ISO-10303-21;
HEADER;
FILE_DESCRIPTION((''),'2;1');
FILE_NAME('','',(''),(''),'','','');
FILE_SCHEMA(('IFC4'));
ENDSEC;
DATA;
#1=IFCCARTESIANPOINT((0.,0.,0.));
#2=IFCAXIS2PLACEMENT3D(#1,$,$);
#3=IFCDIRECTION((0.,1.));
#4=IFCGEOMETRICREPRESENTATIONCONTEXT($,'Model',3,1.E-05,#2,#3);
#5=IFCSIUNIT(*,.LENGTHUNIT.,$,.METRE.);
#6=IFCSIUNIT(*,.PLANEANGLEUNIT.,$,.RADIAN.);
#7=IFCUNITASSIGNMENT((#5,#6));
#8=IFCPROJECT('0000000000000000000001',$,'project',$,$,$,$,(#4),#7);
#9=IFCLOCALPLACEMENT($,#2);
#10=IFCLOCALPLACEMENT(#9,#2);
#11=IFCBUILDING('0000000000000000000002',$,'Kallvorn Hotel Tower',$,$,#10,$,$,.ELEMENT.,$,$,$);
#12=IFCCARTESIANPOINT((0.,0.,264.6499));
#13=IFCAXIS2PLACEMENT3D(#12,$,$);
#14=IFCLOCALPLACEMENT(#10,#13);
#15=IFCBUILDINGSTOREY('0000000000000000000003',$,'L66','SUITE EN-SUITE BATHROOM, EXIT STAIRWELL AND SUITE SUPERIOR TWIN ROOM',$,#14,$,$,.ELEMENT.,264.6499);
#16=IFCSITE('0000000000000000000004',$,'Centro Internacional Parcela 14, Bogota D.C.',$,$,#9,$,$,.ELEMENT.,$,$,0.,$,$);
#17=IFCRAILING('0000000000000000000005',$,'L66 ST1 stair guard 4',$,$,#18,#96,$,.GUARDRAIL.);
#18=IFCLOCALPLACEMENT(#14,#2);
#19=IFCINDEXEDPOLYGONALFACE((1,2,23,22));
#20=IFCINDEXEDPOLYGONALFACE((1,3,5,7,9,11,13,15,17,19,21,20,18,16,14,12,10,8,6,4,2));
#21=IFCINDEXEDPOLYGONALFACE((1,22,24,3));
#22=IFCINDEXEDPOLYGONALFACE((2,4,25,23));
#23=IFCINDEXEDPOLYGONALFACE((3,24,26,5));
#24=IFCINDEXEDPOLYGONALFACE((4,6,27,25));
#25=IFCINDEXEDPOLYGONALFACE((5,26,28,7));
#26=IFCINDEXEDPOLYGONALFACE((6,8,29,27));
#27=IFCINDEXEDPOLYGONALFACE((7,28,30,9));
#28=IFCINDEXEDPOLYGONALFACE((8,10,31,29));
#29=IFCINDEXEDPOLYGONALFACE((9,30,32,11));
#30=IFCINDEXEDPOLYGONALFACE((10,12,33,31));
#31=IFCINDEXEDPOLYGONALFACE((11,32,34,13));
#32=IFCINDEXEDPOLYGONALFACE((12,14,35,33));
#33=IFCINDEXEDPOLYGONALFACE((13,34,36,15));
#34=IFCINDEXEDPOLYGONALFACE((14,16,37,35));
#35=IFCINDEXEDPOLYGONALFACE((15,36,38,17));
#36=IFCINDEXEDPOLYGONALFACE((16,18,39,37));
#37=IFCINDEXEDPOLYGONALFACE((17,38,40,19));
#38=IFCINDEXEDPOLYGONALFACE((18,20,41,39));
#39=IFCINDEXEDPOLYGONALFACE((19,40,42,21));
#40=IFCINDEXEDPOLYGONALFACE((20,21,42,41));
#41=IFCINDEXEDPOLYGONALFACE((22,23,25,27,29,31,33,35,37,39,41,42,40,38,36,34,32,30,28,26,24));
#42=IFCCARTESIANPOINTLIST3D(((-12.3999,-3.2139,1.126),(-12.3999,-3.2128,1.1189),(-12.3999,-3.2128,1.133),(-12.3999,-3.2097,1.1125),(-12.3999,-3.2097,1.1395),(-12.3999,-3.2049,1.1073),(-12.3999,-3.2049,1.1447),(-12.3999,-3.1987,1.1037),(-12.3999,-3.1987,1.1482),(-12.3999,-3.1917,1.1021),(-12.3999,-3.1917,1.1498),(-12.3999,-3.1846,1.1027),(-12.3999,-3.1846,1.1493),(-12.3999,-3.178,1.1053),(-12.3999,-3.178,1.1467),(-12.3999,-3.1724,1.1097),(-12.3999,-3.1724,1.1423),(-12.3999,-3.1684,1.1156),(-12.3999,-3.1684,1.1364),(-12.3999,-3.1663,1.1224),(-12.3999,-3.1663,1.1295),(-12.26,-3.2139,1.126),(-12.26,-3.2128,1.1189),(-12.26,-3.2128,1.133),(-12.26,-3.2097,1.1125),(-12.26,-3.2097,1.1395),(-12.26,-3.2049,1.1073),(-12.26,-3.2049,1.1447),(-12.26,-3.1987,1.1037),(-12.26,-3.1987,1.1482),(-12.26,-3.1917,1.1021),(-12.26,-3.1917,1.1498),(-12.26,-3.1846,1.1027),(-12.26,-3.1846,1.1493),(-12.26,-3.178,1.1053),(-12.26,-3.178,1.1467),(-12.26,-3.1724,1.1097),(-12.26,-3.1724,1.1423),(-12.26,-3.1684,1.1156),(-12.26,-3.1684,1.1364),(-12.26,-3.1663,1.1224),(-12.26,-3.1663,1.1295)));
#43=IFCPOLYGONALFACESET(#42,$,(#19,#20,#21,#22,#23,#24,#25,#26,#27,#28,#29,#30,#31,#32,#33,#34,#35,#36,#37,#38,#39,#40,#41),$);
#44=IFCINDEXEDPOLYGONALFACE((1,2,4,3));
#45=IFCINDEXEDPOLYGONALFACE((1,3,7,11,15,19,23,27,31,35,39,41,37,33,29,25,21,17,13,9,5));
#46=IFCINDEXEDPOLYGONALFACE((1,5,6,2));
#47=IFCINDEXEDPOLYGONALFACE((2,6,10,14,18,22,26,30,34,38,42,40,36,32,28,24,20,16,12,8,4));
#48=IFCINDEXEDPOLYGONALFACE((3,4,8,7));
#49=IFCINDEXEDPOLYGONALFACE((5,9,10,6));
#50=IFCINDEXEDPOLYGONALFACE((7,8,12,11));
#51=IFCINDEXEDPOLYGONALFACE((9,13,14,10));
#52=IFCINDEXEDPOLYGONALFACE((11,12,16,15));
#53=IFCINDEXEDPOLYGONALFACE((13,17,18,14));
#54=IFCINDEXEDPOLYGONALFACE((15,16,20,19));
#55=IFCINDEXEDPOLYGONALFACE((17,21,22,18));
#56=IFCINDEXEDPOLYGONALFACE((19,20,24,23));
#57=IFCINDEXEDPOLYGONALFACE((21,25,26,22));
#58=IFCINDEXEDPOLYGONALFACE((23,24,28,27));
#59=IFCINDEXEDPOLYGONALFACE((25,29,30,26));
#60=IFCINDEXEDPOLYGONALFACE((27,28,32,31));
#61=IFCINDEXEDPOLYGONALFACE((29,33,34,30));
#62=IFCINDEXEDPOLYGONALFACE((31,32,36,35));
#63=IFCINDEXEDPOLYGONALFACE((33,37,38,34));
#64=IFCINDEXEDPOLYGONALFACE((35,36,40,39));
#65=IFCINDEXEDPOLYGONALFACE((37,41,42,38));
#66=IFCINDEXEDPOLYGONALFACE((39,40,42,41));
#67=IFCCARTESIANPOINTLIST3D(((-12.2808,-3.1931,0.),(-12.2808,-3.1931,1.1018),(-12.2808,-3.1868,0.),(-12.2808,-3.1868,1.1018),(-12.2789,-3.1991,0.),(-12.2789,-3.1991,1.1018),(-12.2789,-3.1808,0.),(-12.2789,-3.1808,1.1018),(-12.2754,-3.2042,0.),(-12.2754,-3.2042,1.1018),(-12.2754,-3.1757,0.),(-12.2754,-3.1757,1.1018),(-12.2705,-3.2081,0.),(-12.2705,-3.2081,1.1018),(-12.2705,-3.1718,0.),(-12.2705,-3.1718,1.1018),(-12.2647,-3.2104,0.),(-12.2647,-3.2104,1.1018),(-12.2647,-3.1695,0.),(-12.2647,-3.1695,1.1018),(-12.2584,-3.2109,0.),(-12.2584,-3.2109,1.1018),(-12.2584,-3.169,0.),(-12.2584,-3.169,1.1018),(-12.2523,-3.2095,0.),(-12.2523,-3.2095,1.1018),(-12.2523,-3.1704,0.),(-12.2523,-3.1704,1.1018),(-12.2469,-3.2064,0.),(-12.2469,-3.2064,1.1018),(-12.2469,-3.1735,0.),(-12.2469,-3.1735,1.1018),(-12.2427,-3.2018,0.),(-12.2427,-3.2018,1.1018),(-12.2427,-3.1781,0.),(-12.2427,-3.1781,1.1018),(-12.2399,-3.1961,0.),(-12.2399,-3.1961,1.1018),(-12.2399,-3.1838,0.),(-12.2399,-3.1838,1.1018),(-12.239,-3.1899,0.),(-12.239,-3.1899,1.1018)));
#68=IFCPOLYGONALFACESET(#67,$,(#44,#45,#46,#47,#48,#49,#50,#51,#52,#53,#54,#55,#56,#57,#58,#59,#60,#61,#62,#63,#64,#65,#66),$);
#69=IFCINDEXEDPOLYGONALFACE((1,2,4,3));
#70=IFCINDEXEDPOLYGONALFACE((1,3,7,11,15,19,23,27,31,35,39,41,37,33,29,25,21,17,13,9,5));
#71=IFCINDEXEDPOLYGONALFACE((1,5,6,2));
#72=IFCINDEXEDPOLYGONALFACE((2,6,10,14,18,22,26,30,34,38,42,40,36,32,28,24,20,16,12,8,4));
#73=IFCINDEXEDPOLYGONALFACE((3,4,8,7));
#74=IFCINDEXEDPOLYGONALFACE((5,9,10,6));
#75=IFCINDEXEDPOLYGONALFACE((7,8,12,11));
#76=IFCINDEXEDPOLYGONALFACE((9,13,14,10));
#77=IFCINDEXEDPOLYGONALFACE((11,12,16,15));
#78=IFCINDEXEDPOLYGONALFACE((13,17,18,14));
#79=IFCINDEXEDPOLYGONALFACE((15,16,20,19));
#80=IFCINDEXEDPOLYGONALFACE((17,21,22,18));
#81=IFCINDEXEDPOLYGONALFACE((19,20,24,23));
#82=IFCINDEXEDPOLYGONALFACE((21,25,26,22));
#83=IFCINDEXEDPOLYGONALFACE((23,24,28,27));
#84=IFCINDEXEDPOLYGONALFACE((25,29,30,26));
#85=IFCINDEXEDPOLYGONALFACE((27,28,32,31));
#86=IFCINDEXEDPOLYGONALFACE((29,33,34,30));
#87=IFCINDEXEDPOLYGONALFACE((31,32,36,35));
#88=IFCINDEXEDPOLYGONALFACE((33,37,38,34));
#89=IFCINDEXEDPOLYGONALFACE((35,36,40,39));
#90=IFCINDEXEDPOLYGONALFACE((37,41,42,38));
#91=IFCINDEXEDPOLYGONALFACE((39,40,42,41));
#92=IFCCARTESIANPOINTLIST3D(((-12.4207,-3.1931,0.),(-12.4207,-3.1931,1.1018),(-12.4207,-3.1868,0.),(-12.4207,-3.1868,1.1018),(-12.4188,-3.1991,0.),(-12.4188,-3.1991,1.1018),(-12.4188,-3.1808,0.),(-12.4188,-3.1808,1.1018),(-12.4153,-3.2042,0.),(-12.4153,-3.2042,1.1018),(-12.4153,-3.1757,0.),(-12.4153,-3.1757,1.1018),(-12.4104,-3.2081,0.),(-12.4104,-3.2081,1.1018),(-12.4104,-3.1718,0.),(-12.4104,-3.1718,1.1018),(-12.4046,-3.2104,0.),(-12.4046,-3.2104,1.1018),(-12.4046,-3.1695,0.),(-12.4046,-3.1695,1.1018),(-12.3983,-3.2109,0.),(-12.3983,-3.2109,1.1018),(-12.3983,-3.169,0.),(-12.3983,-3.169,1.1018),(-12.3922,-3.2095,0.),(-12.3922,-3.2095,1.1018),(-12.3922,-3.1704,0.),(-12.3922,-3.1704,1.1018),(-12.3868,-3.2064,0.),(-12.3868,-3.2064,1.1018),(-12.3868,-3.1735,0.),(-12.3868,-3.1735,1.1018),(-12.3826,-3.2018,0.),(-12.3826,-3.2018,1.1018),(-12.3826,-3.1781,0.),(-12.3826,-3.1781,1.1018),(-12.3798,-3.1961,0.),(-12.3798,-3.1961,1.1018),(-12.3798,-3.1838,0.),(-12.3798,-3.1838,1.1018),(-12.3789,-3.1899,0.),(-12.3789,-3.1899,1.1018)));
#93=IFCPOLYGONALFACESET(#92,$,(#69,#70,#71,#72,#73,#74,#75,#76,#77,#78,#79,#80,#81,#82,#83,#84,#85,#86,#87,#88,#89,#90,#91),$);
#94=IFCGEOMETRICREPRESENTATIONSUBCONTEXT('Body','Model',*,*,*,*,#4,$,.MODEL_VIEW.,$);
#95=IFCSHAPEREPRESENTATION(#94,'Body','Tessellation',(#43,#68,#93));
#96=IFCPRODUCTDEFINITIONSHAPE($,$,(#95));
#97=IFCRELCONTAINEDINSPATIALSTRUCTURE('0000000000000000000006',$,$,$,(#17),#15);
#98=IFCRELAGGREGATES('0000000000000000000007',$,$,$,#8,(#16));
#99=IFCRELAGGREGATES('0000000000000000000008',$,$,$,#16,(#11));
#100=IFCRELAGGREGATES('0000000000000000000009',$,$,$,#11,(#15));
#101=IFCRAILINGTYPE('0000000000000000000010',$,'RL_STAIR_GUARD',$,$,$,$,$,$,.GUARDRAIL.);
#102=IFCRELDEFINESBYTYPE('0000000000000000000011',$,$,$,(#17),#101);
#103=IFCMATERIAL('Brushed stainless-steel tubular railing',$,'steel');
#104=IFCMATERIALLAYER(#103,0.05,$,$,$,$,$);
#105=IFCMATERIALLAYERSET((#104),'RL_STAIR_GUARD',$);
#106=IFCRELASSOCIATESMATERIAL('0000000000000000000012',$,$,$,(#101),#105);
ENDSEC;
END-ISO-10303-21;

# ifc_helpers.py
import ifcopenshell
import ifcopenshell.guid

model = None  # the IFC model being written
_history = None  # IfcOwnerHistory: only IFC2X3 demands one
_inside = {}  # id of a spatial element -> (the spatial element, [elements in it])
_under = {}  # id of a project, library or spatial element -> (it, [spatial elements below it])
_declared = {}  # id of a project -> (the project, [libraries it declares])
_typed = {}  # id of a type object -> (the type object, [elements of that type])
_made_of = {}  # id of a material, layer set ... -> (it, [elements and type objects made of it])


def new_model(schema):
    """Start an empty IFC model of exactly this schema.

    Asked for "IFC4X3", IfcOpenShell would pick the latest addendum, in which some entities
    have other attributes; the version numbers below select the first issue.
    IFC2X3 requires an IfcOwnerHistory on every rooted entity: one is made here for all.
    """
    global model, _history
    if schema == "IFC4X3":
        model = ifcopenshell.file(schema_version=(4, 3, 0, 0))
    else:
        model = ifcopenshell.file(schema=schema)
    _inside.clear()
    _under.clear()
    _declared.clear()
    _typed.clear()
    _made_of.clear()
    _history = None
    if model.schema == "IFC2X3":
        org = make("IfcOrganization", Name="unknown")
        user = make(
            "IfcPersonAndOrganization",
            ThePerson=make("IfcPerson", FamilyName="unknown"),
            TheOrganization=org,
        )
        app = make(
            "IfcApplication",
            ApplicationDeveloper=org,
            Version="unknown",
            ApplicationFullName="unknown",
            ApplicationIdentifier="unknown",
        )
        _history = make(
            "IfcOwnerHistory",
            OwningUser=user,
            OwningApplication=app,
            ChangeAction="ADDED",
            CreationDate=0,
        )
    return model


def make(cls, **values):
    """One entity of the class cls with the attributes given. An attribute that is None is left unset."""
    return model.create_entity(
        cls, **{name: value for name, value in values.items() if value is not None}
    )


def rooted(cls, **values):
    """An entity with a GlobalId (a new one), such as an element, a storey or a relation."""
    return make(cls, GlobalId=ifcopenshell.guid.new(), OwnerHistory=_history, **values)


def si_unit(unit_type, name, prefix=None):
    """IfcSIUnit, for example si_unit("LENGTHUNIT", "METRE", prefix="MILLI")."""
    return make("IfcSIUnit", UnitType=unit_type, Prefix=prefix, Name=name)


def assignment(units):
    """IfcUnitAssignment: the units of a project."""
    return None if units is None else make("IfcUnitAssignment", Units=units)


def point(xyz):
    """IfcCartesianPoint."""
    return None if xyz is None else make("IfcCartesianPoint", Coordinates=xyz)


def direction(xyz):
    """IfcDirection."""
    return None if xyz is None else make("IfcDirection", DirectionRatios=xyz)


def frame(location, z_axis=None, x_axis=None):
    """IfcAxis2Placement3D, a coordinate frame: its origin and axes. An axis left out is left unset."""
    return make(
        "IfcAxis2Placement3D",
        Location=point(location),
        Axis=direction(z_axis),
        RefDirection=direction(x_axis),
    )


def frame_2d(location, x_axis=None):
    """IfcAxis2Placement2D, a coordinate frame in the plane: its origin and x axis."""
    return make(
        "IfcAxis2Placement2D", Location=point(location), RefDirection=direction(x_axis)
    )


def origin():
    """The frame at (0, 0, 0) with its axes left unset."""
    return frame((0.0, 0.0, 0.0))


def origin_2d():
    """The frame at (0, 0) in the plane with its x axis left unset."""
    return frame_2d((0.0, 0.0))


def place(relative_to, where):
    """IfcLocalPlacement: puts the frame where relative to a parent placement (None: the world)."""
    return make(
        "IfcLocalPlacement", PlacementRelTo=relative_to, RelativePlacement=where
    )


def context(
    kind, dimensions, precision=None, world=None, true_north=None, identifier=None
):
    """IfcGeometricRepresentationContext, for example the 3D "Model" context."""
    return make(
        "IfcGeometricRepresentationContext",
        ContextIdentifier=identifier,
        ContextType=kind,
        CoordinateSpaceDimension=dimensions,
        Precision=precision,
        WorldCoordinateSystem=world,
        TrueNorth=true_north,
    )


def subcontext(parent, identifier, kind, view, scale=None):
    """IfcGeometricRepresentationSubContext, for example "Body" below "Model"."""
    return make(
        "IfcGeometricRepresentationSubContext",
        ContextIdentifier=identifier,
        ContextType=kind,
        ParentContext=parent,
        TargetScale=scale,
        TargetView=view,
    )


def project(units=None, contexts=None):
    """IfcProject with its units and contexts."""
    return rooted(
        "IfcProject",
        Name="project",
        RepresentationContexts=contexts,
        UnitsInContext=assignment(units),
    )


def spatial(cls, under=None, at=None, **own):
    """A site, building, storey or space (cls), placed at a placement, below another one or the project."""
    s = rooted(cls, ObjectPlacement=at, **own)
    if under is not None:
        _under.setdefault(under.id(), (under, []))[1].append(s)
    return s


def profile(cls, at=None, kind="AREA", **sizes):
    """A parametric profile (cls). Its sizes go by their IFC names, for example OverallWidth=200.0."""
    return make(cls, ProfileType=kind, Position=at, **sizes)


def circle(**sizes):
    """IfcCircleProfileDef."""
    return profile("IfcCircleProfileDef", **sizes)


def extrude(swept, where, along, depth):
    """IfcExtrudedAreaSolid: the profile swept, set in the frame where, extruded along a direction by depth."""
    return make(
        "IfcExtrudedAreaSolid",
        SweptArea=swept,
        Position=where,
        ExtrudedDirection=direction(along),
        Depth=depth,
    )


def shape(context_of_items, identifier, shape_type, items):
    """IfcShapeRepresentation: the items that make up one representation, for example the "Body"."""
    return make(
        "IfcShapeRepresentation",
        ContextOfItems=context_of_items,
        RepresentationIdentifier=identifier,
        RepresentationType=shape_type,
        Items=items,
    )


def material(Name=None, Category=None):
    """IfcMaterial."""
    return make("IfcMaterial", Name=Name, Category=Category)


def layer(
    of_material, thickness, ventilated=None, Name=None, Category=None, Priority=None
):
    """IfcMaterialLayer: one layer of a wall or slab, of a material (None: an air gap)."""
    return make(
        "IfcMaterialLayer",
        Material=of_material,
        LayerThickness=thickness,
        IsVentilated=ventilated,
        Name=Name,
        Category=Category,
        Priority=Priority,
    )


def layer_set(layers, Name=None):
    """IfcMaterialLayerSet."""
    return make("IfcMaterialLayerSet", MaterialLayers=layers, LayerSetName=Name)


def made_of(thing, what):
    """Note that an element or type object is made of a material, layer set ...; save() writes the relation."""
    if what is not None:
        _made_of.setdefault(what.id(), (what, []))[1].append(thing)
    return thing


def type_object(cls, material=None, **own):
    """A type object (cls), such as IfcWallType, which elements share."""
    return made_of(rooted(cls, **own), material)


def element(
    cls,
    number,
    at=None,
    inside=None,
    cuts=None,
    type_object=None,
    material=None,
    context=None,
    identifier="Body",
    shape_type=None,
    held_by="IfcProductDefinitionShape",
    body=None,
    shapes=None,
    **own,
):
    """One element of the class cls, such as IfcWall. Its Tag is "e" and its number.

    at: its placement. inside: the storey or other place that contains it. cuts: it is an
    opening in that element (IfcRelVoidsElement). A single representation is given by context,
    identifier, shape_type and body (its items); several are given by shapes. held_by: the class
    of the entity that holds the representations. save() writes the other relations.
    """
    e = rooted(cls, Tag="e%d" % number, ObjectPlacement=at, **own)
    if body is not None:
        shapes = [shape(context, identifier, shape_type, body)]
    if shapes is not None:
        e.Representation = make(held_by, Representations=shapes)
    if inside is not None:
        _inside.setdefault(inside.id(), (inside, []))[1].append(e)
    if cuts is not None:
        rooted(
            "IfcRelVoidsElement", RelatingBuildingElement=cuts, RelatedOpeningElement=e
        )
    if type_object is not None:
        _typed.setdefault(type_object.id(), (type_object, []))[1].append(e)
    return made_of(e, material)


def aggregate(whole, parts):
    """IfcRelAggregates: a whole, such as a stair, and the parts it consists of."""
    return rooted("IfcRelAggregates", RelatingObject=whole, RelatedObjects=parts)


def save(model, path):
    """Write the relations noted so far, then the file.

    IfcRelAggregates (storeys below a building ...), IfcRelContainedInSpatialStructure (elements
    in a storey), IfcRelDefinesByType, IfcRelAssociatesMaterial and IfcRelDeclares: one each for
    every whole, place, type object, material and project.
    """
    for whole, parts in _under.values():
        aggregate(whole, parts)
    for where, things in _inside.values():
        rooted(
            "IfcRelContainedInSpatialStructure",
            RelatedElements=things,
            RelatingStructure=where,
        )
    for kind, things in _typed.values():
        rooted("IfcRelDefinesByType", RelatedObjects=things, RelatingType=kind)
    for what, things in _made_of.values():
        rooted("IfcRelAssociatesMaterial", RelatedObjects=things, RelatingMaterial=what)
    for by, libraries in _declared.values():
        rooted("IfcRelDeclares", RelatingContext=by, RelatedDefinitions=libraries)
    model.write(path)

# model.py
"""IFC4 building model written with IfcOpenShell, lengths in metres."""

from ifc_helpers import new_model, si_unit, direction, frame, origin, origin_2d, place, context, subcontext, project, spatial, circle, extrude, material, layer, layer_set, type_object, element, save


model = new_model("IFC4")

# Units and contexts
model_context = context("Model", 3, precision=1e-05, world=origin(), true_north=direction((0.0, 1.0)))
body_context = subcontext(model_context, "Body", "Model", "MODEL_VIEW")
ifc_project = project(units=[si_unit("LENGTHUNIT", "METRE"), si_unit("PLANEANGLEUNIT", "RADIAN")], contexts=[model_context])

# Site, building, storey
site_placement = place(None, origin())
site = spatial("IfcSite", under=ifc_project, at=site_placement, Name="Centro Internacional Parcela 14, Bogota D.C.", CompositionType="ELEMENT", RefElevation=0.0)
building_placement = place(site_placement, origin())
building = spatial("IfcBuilding", under=site, at=building_placement, Name="Kallvorn Hotel Tower", CompositionType="ELEMENT")
storey_placement = place(building_placement, frame((0.0, 0.0, 264.6499)))
storey = spatial("IfcBuildingStorey", under=building, at=storey_placement, Name="L66", Description="SUITE EN-SUITE BATHROOM, EXIT STAIRWELL AND SUITE SUPERIOR TWIN ROOM", CompositionType="ELEMENT", Elevation=264.6499)

# Railing
ifc_material_1 = material(Name="Brushed stainless-steel tubular railing", Category="steel")
ifc_layer_1 = layer(ifc_material_1, 0.05)
ifc_layer_set_1 = layer_set([ifc_layer_1], Name="RL_STAIR_GUARD")
railing_type_1 = type_object("IfcRailingType", Name="RL_STAIR_GUARD", PredefinedType="GUARDRAIL", material=ifc_layer_set_1)
railing_1_placement = place(storey_placement, frame((-12.26, -3.1899, 0.0)))
element("IfcRailing", 1, at=railing_1_placement, inside=storey, type_object=railing_type_1, Name="L66 ST1 stair guard 4", PredefinedType="GUARDRAIL", context=body_context, shape_type="SweptSolid", body=[
    extrude(circle(Radius=0.0239, at=origin_2d()), frame((0.0, 0.0, 1.126), z_axis=(-1.0, 0.0, 0.0), x_axis=(0.0, -1.0, 0.0)), (0.0, 0.0, 1.0), 0.1399),
    extrude(circle(Radius=0.021, at=origin_2d()), origin(), (0.0, 0.0, 1.0), 1.1018),
    extrude(circle(Radius=0.021, at=origin_2d()), frame((-0.1399, 0.0, 0.0)), (0.0, 0.0, 1.0), 1.1018),
])

save(model, "model.ifc")
